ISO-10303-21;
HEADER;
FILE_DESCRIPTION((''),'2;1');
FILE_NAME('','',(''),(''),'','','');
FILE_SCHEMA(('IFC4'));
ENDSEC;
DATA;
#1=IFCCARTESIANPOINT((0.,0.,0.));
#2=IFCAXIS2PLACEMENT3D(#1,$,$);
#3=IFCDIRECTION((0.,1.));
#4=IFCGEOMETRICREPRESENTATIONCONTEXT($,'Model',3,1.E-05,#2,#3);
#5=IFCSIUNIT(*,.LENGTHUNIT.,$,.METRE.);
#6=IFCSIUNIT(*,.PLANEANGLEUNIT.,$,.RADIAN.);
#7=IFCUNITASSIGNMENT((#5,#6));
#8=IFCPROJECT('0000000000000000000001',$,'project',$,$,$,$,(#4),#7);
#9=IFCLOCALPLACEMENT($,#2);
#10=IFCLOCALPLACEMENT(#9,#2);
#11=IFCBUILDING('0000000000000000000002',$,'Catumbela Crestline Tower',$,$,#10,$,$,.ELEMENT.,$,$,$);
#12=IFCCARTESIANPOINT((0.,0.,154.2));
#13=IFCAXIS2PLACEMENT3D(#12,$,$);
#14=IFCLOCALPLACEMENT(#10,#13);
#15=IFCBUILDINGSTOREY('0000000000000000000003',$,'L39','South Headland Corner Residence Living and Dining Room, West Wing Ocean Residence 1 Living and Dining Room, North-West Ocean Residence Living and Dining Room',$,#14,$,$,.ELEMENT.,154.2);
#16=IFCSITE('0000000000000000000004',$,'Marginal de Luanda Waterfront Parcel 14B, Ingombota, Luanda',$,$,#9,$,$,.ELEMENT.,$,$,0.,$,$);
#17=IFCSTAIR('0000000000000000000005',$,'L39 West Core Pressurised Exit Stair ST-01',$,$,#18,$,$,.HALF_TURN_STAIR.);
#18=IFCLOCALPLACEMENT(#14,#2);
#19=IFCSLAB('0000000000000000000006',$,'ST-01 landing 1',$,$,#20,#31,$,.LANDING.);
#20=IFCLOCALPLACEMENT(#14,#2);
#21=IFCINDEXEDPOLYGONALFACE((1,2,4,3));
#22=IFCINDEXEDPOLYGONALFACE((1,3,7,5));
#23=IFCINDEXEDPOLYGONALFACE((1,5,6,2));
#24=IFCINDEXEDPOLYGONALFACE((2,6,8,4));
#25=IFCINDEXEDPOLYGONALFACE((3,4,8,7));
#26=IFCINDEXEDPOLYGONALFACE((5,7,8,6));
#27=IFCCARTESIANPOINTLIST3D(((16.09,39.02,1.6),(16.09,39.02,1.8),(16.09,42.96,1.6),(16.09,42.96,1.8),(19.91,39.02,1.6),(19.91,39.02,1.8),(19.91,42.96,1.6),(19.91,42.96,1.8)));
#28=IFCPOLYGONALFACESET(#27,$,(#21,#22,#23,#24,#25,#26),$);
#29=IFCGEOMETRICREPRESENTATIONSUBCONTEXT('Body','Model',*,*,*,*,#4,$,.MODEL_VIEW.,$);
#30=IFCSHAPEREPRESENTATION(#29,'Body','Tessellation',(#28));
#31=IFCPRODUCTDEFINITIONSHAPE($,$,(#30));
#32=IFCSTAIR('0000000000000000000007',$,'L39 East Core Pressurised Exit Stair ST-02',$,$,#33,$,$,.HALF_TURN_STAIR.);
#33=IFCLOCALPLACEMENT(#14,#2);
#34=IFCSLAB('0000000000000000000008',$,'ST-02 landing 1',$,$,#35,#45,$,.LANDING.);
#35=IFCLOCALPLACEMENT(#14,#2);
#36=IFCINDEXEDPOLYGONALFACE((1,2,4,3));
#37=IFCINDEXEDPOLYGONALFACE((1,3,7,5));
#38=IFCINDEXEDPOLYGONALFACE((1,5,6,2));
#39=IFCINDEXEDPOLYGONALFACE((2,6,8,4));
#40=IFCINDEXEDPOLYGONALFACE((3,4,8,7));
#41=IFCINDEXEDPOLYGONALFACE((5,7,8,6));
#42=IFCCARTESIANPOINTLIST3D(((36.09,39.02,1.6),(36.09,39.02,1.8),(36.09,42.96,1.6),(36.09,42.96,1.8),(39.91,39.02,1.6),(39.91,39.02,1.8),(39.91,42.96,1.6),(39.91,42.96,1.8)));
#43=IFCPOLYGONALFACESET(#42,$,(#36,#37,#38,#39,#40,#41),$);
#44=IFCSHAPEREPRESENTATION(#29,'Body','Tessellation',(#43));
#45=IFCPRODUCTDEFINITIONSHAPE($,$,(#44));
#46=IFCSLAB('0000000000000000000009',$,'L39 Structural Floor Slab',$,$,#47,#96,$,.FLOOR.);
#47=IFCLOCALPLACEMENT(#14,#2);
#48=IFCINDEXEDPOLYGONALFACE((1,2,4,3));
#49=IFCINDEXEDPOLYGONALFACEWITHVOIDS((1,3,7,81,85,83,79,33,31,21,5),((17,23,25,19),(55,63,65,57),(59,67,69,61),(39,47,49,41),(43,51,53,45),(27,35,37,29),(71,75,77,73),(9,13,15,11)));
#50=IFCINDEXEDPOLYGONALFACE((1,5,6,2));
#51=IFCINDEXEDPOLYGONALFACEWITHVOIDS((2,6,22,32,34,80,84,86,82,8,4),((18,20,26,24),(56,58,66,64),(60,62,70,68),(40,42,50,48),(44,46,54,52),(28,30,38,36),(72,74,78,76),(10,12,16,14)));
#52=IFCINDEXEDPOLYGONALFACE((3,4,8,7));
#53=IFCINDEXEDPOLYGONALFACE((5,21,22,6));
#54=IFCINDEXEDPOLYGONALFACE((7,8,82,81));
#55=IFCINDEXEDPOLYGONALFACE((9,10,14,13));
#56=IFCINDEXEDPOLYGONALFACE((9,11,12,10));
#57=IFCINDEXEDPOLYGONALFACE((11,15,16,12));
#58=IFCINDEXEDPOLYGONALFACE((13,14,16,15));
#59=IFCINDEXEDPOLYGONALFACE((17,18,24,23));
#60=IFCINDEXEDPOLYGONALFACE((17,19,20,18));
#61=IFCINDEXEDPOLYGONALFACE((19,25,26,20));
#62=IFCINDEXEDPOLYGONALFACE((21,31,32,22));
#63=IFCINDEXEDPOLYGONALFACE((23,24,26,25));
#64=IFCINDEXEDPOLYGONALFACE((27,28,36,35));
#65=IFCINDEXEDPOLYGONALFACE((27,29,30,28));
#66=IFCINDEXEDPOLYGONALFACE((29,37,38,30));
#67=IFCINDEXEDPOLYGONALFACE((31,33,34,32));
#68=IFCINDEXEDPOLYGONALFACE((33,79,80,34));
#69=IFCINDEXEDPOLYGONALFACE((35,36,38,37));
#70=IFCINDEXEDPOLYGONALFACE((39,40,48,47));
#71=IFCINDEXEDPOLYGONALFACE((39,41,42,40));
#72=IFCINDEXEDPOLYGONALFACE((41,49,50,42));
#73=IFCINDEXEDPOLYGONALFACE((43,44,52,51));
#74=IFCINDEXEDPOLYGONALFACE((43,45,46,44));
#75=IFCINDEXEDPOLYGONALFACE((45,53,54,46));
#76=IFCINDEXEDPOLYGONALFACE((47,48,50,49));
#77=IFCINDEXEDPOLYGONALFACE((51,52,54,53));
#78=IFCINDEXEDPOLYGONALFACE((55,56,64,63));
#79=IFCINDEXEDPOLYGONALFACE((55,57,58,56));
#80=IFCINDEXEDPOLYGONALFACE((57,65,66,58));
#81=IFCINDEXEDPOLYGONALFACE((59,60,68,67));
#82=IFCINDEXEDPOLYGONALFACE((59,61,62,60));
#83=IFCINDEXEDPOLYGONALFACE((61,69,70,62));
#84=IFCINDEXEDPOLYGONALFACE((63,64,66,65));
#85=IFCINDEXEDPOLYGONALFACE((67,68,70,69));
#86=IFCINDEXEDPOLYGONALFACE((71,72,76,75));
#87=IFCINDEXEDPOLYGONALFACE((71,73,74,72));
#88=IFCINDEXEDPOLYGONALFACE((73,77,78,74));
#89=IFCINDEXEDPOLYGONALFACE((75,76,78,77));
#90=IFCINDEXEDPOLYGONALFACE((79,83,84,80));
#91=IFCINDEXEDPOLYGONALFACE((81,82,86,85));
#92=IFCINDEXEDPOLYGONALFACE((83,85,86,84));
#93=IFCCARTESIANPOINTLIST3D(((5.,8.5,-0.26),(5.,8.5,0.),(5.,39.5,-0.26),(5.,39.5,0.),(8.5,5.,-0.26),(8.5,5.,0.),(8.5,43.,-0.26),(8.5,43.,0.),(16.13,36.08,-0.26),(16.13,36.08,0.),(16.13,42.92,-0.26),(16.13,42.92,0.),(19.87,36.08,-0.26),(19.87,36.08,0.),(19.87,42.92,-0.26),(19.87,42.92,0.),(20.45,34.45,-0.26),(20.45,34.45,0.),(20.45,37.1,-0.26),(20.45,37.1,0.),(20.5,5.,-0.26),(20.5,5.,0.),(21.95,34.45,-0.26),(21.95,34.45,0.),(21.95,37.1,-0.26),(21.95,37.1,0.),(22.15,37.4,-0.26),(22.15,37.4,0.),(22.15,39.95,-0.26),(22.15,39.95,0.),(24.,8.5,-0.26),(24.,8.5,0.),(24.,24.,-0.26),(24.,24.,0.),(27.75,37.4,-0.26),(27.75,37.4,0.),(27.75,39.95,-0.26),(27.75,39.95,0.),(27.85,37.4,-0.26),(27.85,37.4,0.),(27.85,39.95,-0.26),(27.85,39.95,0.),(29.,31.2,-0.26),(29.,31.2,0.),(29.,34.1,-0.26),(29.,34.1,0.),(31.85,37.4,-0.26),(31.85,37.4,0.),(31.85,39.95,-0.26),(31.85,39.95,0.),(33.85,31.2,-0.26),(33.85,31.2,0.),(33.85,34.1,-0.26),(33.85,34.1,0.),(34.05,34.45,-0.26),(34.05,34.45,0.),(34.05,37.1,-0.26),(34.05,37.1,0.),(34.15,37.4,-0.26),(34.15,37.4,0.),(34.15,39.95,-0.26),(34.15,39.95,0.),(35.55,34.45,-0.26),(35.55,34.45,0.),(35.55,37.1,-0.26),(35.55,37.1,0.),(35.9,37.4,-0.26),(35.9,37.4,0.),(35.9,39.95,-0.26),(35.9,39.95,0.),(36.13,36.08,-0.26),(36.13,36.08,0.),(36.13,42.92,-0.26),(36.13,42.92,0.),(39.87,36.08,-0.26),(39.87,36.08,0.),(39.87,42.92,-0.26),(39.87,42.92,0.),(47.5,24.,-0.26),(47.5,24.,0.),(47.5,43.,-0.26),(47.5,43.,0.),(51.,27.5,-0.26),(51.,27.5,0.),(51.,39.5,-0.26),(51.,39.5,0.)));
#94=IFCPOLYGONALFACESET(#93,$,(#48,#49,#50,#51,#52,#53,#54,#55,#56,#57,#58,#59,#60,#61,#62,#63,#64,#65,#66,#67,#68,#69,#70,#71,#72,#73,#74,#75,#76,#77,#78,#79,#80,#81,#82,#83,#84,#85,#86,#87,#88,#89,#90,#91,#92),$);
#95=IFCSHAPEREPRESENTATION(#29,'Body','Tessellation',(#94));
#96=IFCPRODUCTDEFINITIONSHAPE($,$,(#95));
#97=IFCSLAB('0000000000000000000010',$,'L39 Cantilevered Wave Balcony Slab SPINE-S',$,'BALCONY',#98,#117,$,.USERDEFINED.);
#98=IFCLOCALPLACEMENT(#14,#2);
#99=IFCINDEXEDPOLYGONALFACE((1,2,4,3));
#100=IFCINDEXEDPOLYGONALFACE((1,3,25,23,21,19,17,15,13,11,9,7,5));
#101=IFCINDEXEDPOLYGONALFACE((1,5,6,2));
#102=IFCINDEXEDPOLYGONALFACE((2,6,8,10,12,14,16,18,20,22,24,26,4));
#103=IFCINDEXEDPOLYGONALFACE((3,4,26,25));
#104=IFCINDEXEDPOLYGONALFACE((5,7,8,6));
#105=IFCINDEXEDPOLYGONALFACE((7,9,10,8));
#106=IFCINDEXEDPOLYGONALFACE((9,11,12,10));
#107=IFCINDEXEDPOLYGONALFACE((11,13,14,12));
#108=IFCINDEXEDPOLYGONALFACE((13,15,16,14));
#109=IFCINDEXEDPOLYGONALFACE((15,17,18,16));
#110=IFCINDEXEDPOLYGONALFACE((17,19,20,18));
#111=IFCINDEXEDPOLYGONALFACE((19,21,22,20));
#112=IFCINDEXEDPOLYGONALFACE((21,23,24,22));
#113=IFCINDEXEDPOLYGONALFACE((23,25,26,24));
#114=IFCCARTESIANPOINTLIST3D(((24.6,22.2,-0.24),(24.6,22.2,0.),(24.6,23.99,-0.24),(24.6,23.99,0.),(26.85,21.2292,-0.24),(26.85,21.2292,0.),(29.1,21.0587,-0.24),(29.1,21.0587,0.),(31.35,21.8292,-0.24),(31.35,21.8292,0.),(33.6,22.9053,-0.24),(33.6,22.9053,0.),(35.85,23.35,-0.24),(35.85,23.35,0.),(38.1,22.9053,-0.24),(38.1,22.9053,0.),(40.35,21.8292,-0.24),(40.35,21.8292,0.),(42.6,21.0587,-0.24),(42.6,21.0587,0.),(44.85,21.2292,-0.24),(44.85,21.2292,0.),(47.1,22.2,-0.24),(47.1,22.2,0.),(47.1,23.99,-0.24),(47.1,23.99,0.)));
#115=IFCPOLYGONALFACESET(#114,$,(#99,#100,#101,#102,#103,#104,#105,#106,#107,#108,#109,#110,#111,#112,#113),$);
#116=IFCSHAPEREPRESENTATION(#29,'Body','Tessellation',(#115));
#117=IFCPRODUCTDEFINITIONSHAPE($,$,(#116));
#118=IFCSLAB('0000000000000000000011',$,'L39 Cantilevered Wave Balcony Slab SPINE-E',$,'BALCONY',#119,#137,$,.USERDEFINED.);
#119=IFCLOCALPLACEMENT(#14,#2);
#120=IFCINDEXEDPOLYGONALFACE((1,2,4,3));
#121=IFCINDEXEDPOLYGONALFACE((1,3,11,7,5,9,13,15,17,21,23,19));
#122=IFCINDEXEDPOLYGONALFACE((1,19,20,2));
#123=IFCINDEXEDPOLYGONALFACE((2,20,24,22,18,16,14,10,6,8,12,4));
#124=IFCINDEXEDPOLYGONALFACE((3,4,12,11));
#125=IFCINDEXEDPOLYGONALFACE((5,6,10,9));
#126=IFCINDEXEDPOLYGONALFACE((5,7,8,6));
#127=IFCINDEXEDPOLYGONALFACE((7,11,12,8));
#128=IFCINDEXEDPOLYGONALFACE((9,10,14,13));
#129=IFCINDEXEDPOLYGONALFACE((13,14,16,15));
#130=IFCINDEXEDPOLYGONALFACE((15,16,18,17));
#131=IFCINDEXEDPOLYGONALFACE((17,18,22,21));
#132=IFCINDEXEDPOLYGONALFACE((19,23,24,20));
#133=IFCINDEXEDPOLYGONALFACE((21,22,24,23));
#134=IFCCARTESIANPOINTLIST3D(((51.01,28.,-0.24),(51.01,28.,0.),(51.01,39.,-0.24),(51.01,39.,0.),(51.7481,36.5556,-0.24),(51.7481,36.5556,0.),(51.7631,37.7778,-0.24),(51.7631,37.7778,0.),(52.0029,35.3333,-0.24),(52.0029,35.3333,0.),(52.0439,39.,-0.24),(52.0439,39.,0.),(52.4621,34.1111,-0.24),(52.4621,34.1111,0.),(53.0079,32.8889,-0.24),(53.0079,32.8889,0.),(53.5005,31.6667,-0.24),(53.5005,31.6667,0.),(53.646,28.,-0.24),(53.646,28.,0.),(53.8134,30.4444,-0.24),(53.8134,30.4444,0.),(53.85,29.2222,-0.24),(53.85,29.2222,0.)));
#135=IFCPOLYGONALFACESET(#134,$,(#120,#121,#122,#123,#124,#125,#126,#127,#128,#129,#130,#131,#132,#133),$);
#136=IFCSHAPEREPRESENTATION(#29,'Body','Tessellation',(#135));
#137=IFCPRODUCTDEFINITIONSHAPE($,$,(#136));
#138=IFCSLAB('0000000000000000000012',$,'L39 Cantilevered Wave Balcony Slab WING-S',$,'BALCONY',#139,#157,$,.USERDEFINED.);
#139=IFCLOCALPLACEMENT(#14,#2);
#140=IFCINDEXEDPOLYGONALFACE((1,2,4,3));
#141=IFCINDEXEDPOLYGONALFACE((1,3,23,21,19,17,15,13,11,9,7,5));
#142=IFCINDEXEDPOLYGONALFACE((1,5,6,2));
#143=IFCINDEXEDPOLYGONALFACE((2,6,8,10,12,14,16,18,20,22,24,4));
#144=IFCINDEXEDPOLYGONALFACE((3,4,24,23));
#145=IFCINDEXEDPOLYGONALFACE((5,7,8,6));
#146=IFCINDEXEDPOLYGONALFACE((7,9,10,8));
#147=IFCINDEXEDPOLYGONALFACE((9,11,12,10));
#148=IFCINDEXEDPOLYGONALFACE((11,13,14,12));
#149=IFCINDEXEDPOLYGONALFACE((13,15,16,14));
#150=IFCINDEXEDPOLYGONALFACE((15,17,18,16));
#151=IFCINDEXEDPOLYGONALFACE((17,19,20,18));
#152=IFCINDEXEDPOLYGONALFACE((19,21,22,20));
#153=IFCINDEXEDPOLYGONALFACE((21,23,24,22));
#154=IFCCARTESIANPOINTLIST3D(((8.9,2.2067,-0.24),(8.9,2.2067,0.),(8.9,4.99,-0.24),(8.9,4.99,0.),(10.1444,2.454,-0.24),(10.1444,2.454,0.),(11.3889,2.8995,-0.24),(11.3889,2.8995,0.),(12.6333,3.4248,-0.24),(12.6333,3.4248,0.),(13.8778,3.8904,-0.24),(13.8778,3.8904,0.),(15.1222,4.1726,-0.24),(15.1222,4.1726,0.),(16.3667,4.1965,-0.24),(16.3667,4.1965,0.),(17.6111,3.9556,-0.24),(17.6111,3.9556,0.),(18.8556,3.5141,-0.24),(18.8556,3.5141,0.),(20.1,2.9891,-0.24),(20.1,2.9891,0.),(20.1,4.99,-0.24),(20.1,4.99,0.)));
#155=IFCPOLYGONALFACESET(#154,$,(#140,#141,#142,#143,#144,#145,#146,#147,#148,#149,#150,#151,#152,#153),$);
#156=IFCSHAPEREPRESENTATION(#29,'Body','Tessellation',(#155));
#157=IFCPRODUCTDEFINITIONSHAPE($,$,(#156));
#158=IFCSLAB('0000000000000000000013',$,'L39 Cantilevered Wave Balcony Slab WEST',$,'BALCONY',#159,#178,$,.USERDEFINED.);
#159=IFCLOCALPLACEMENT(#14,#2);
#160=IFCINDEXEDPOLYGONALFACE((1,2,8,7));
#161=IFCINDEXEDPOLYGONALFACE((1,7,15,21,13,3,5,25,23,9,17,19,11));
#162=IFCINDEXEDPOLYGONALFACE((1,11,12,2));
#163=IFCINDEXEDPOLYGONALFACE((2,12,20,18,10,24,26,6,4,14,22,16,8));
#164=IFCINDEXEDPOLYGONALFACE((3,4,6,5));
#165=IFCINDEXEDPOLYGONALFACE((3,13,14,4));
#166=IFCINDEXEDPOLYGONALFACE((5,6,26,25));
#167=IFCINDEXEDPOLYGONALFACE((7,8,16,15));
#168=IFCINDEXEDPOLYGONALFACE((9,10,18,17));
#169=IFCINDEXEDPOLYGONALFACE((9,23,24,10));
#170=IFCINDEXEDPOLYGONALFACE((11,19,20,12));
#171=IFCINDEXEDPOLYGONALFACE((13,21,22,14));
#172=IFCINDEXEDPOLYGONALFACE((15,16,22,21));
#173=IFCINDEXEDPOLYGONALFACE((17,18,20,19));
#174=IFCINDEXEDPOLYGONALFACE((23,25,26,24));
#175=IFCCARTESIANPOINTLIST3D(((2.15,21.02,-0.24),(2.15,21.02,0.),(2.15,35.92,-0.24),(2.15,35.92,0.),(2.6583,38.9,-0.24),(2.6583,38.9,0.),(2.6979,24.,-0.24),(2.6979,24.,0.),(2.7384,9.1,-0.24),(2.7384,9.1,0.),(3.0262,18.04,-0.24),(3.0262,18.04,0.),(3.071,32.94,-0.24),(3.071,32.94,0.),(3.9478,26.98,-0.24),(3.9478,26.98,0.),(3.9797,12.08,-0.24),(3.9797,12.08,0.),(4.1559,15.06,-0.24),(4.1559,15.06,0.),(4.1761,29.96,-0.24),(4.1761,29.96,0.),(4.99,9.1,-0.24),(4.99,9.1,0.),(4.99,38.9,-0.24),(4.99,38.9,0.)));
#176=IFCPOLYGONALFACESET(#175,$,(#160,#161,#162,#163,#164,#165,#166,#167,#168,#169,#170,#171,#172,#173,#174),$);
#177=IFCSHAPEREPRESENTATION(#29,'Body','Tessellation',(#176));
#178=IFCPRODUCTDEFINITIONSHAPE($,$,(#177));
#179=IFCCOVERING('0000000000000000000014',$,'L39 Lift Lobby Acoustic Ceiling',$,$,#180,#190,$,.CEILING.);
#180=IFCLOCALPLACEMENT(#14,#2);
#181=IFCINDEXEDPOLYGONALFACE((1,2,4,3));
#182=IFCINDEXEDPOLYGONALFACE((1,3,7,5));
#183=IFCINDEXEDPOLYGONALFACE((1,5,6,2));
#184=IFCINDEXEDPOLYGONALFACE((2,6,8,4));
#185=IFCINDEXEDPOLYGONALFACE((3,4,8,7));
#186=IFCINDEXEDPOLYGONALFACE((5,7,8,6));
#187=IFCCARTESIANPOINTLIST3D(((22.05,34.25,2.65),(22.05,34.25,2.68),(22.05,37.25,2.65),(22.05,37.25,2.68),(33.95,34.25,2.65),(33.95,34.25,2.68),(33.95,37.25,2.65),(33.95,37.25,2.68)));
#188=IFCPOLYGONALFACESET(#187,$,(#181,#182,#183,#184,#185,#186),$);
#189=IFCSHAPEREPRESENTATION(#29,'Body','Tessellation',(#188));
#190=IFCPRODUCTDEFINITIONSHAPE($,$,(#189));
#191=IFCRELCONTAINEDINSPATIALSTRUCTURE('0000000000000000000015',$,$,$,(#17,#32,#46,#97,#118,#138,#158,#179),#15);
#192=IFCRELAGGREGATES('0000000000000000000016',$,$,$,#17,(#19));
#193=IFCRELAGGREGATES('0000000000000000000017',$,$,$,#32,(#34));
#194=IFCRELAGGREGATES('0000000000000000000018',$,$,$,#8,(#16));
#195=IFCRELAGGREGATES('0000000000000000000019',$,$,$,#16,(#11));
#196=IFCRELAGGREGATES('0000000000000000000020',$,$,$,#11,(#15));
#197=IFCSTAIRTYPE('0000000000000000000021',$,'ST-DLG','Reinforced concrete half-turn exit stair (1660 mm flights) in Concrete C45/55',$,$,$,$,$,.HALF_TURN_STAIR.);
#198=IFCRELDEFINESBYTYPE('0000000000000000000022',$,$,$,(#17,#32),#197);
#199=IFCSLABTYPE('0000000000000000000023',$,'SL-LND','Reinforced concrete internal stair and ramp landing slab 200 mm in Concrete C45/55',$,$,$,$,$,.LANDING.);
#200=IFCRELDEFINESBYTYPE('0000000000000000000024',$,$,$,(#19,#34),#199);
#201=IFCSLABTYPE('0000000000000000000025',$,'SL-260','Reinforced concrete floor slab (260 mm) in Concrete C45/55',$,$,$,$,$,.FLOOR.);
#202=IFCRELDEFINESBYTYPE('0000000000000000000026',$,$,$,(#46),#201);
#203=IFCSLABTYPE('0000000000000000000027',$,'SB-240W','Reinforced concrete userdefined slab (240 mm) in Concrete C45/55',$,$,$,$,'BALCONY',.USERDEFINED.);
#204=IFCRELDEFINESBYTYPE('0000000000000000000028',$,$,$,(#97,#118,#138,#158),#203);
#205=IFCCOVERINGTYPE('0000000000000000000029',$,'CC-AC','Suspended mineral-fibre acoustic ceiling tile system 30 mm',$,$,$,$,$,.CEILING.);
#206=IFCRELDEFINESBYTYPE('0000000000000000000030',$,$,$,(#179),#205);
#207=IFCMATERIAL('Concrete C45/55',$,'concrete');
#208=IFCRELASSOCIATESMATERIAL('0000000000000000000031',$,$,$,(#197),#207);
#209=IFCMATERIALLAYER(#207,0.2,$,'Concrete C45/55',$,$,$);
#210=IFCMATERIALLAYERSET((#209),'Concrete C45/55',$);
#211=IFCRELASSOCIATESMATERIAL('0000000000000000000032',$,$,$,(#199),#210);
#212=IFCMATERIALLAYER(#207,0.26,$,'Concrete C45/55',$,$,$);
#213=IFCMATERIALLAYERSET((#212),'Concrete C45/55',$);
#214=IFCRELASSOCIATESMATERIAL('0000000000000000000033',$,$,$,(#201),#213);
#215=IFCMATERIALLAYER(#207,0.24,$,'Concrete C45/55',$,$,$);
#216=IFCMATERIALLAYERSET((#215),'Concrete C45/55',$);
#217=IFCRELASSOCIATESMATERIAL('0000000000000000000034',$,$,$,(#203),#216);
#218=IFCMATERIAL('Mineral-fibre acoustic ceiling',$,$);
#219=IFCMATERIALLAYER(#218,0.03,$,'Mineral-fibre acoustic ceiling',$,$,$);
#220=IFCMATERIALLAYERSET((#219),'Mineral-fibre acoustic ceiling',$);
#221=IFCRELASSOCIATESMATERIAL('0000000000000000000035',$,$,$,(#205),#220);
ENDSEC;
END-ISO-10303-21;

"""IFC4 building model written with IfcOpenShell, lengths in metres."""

from ifc_helpers import new_model, si_unit, direction, frame, origin, place, context, subcontext, project, spatial, polyline, outline, extrude, material, layer, layer_set, type_object, element, aggregate, save


model = new_model("IFC4")

# Units and contexts
model_context = context("Model", 3, precision=1e-05, world=origin(), true_north=direction((0.0, 1.0)))
body_context = subcontext(model_context, "Body", "Model", "MODEL_VIEW")
ifc_project = project(units=[si_unit("LENGTHUNIT", "METRE"), si_unit("PLANEANGLEUNIT", "RADIAN")], contexts=[model_context])

# Site, building, storey
site_placement = place(None, origin())
site = spatial("IfcSite", under=ifc_project, at=site_placement, Name="Marginal de Luanda Waterfront Parcel 14B, Ingombota, Luanda", CompositionType="ELEMENT", RefElevation=0.0)
building_placement = place(site_placement, origin())
building = spatial("IfcBuilding", under=site, at=building_placement, Name="Catumbela Crestline Tower", CompositionType="ELEMENT")
storey_placement = place(building_placement, frame((0.0, 0.0, 154.2)))
storey = spatial("IfcBuildingStorey", under=building, at=storey_placement, Name="L39", Description="South Headland Corner Residence Living and Dining Room, West Wing Ocean Residence 1 Living and Dining Room, North-West Ocean Residence Living and Dining Room", CompositionType="ELEMENT", Elevation=154.2)

# Stairs, slabs
ifc_material_1 = material(Name="Concrete C45/55", Category="concrete")
stair_type = type_object("IfcStairType", Name="ST-DLG", Description="Reinforced concrete half-turn exit stair (1660 mm flights) in Concrete C45/55", PredefinedType="HALF_TURN_STAIR", material=ifc_material_1)
stair_1_placement = place(storey_placement, origin())
stair_1 = element("IfcStair", 1, at=stair_1_placement, inside=storey, type_object=stair_type, Name="L39 West Core Pressurised Exit Stair ST-01", PredefinedType="HALF_TURN_STAIR")
ifc_layer_1 = layer(ifc_material_1, 0.2, Name="Concrete C45/55")
ifc_layer_set_1 = layer_set([ifc_layer_1], Name="Concrete C45/55")
slab_type_1 = type_object("IfcSlabType", Name="SL-LND", Description="Reinforced concrete internal stair and ramp landing slab 200 mm in Concrete C45/55", PredefinedType="LANDING", material=ifc_layer_set_1)
slab_1_placement = place(storey_placement, frame((0.0, 0.0, 1.6)))
slab_1 = element("IfcSlab", 2, at=slab_1_placement, type_object=slab_type_1, Name="ST-01 landing 1", PredefinedType="LANDING", context=body_context, shape_type="SweptSolid", body=[
    extrude(outline(polyline([(19.91, 39.02), (19.91, 42.96), (16.09, 42.96), (16.09, 39.02), (19.91, 39.02)])), origin(), (0.0, 0.0, 1.0), 0.2),
])
aggregate(stair_1, [slab_1])
stair_2_placement = place(storey_placement, origin())
stair_2 = element("IfcStair", 3, at=stair_2_placement, inside=storey, type_object=stair_type, Name="L39 East Core Pressurised Exit Stair ST-02", PredefinedType="HALF_TURN_STAIR")
slab_2_placement = place(storey_placement, frame((0.0, 0.0, 1.6)))
slab_2 = element("IfcSlab", 4, at=slab_2_placement, type_object=slab_type_1, Name="ST-02 landing 1", PredefinedType="LANDING", context=body_context, shape_type="SweptSolid", body=[
    extrude(outline(polyline([(39.91, 39.02), (39.91, 42.96), (36.09, 42.96), (36.09, 39.02), (39.91, 39.02)])), origin(), (0.0, 0.0, 1.0), 0.2),
])
aggregate(stair_2, [slab_2])

# Slabs
ifc_layer_2 = layer(ifc_material_1, 0.26, Name="Concrete C45/55")
ifc_layer_set_2 = layer_set([ifc_layer_2], Name="Concrete C45/55")
slab_type_2 = type_object("IfcSlabType", Name="SL-260", Description="Reinforced concrete floor slab (260 mm) in Concrete C45/55", PredefinedType="FLOOR", material=ifc_layer_set_2)
slab_3_placement = place(storey_placement, frame((0.0, 0.0, -0.26)))
element("IfcSlab", 5, at=slab_3_placement, inside=storey, type_object=slab_type_2, Name="L39 Structural Floor Slab", PredefinedType="FLOOR", context=body_context, shape_type="SweptSolid", body=[
    extrude(outline(polyline([(8.5, 5.0), (20.5, 5.0), (24.0, 8.5), (24.0, 24.0), (47.5, 24.0), (51.0, 27.5), (51.0, 39.5), (47.5, 43.0), (8.5, 43.0), (5.0, 39.5), (5.0, 8.5), (8.5, 5.0)]), holes=[polyline([(16.13, 36.08), (19.87, 36.08), (19.87, 42.92), (16.13, 42.92), (16.13, 36.08)]), polyline([(36.13, 36.08), (39.87, 36.08), (39.87, 42.92), (36.13, 42.92), (36.13, 36.08)]), polyline([(29.0, 31.2), (33.85, 31.2), (33.85, 34.1), (29.0, 34.1), (29.0, 31.2)]), polyline([(22.15, 37.4), (27.75, 37.4), (27.75, 39.95), (22.15, 39.95), (22.15, 37.4)]), polyline([(27.85, 37.4), (31.85, 37.4), (31.85, 39.95), (27.85, 39.95), (27.85, 37.4)]), polyline([(20.45, 34.45), (21.95, 34.45), (21.95, 37.1), (20.45, 37.1), (20.45, 34.45)]), polyline([(34.05, 34.45), (35.55, 34.45), (35.55, 37.1), (34.05, 37.1), (34.05, 34.45)]), polyline([(34.15, 37.4), (35.9, 37.4), (35.9, 39.95), (34.15, 39.95), (34.15, 37.4)])]), origin(), (0.0, 0.0, 1.0), 0.26),
])
ifc_layer_3 = layer(ifc_material_1, 0.24, Name="Concrete C45/55")
ifc_layer_set_3 = layer_set([ifc_layer_3], Name="Concrete C45/55")
slab_type_3 = type_object("IfcSlabType", Name="SB-240W", Description="Reinforced concrete userdefined slab (240 mm) in Concrete C45/55", ElementType="BALCONY", PredefinedType="USERDEFINED", material=ifc_layer_set_3)
slab_4_placement = place(storey_placement, frame((0.0, 0.0, -0.24)))
element("IfcSlab", 6, at=slab_4_placement, inside=storey, type_object=slab_type_3, Name="L39 Cantilevered Wave Balcony Slab SPINE-S", ObjectType="BALCONY", PredefinedType="USERDEFINED", context=body_context, shape_type="SweptSolid", body=[
    extrude(outline(polyline([(24.6, 22.2), (26.85, 21.2292), (29.1, 21.0587), (31.35, 21.8292), (33.6, 22.9053), (35.85, 23.35), (38.1, 22.9053), (40.35, 21.8292), (42.6, 21.0587), (44.85, 21.2292), (47.1, 22.2), (47.1, 23.99), (24.6, 23.99), (24.6, 22.2)])), origin(), (0.0, 0.0, 1.0), 0.24),
])
slab_5_placement = place(storey_placement, frame((0.0, 0.0, -0.24)))
element("IfcSlab", 7, at=slab_5_placement, inside=storey, type_object=slab_type_3, Name="L39 Cantilevered Wave Balcony Slab SPINE-E", ObjectType="BALCONY", PredefinedType="USERDEFINED", context=body_context, shape_type="SweptSolid", body=[
    extrude(outline(polyline([(51.01, 28.0), (53.646, 28.0), (53.85, 29.2222), (53.8134, 30.4444), (53.5005, 31.6667), (53.0079, 32.8889), (52.4621, 34.1111), (52.0029, 35.3333), (51.7481, 36.5556), (51.7631, 37.7778), (52.0439, 39.0), (51.01, 39.0), (51.01, 28.0)])), origin(), (0.0, 0.0, 1.0), 0.24),
])
slab_6_placement = place(storey_placement, frame((0.0, 0.0, -0.24)))
element("IfcSlab", 8, at=slab_6_placement, inside=storey, type_object=slab_type_3, Name="L39 Cantilevered Wave Balcony Slab WING-S", ObjectType="BALCONY", PredefinedType="USERDEFINED", context=body_context, shape_type="SweptSolid", body=[
    extrude(outline(polyline([(8.9, 2.2067), (10.1444, 2.454), (11.3889, 2.8995), (12.6333, 3.4248), (13.8778, 3.8904), (15.1222, 4.1726), (16.3667, 4.1965), (17.6111, 3.9556), (18.8556, 3.5141), (20.1, 2.9891), (20.1, 4.99), (8.9, 4.99), (8.9, 2.2067)])), origin(), (0.0, 0.0, 1.0), 0.24),
])
slab_7_placement = place(storey_placement, frame((0.0, 0.0, -0.24)))
element("IfcSlab", 9, at=slab_7_placement, inside=storey, type_object=slab_type_3, Name="L39 Cantilevered Wave Balcony Slab WEST", ObjectType="BALCONY", PredefinedType="USERDEFINED", context=body_context, shape_type="SweptSolid", body=[
    extrude(outline(polyline([(4.99, 38.9), (2.6583, 38.9), (2.15, 35.92), (3.071, 32.94), (4.1761, 29.96), (3.9478, 26.98), (2.6979, 24.0), (2.15, 21.02), (3.0262, 18.04), (4.1559, 15.06), (3.9797, 12.08), (2.7384, 9.1), (4.99, 9.1), (4.99, 38.9)])), origin(), (0.0, 0.0, 1.0), 0.24),
])

# Covering
ifc_material_2 = material(Name="Mineral-fibre acoustic ceiling")
ifc_layer_4 = layer(ifc_material_2, 0.03, Name="Mineral-fibre acoustic ceiling")
ifc_layer_set_4 = layer_set([ifc_layer_4], Name="Mineral-fibre acoustic ceiling")
covering_type_1 = type_object("IfcCoveringType", Name="CC-AC", Description="Suspended mineral-fibre acoustic ceiling tile system 30 mm", PredefinedType="CEILING", material=ifc_layer_set_4)
covering_1_placement = place(storey_placement, frame((0.0, 0.0, 2.65)))
element("IfcCovering", 10, at=covering_1_placement, inside=storey, type_object=covering_type_1, Name="L39 Lift Lobby Acoustic Ceiling", PredefinedType="CEILING", context=body_context, shape_type="SweptSolid", body=[
    extrude(outline(polyline([(22.05, 34.25), (33.95, 34.25), (33.95, 37.25), (22.05, 37.25), (22.05, 34.25)])), origin(), (0.0, 0.0, 1.0), 0.03),
])

save(model, "model.ifc")
